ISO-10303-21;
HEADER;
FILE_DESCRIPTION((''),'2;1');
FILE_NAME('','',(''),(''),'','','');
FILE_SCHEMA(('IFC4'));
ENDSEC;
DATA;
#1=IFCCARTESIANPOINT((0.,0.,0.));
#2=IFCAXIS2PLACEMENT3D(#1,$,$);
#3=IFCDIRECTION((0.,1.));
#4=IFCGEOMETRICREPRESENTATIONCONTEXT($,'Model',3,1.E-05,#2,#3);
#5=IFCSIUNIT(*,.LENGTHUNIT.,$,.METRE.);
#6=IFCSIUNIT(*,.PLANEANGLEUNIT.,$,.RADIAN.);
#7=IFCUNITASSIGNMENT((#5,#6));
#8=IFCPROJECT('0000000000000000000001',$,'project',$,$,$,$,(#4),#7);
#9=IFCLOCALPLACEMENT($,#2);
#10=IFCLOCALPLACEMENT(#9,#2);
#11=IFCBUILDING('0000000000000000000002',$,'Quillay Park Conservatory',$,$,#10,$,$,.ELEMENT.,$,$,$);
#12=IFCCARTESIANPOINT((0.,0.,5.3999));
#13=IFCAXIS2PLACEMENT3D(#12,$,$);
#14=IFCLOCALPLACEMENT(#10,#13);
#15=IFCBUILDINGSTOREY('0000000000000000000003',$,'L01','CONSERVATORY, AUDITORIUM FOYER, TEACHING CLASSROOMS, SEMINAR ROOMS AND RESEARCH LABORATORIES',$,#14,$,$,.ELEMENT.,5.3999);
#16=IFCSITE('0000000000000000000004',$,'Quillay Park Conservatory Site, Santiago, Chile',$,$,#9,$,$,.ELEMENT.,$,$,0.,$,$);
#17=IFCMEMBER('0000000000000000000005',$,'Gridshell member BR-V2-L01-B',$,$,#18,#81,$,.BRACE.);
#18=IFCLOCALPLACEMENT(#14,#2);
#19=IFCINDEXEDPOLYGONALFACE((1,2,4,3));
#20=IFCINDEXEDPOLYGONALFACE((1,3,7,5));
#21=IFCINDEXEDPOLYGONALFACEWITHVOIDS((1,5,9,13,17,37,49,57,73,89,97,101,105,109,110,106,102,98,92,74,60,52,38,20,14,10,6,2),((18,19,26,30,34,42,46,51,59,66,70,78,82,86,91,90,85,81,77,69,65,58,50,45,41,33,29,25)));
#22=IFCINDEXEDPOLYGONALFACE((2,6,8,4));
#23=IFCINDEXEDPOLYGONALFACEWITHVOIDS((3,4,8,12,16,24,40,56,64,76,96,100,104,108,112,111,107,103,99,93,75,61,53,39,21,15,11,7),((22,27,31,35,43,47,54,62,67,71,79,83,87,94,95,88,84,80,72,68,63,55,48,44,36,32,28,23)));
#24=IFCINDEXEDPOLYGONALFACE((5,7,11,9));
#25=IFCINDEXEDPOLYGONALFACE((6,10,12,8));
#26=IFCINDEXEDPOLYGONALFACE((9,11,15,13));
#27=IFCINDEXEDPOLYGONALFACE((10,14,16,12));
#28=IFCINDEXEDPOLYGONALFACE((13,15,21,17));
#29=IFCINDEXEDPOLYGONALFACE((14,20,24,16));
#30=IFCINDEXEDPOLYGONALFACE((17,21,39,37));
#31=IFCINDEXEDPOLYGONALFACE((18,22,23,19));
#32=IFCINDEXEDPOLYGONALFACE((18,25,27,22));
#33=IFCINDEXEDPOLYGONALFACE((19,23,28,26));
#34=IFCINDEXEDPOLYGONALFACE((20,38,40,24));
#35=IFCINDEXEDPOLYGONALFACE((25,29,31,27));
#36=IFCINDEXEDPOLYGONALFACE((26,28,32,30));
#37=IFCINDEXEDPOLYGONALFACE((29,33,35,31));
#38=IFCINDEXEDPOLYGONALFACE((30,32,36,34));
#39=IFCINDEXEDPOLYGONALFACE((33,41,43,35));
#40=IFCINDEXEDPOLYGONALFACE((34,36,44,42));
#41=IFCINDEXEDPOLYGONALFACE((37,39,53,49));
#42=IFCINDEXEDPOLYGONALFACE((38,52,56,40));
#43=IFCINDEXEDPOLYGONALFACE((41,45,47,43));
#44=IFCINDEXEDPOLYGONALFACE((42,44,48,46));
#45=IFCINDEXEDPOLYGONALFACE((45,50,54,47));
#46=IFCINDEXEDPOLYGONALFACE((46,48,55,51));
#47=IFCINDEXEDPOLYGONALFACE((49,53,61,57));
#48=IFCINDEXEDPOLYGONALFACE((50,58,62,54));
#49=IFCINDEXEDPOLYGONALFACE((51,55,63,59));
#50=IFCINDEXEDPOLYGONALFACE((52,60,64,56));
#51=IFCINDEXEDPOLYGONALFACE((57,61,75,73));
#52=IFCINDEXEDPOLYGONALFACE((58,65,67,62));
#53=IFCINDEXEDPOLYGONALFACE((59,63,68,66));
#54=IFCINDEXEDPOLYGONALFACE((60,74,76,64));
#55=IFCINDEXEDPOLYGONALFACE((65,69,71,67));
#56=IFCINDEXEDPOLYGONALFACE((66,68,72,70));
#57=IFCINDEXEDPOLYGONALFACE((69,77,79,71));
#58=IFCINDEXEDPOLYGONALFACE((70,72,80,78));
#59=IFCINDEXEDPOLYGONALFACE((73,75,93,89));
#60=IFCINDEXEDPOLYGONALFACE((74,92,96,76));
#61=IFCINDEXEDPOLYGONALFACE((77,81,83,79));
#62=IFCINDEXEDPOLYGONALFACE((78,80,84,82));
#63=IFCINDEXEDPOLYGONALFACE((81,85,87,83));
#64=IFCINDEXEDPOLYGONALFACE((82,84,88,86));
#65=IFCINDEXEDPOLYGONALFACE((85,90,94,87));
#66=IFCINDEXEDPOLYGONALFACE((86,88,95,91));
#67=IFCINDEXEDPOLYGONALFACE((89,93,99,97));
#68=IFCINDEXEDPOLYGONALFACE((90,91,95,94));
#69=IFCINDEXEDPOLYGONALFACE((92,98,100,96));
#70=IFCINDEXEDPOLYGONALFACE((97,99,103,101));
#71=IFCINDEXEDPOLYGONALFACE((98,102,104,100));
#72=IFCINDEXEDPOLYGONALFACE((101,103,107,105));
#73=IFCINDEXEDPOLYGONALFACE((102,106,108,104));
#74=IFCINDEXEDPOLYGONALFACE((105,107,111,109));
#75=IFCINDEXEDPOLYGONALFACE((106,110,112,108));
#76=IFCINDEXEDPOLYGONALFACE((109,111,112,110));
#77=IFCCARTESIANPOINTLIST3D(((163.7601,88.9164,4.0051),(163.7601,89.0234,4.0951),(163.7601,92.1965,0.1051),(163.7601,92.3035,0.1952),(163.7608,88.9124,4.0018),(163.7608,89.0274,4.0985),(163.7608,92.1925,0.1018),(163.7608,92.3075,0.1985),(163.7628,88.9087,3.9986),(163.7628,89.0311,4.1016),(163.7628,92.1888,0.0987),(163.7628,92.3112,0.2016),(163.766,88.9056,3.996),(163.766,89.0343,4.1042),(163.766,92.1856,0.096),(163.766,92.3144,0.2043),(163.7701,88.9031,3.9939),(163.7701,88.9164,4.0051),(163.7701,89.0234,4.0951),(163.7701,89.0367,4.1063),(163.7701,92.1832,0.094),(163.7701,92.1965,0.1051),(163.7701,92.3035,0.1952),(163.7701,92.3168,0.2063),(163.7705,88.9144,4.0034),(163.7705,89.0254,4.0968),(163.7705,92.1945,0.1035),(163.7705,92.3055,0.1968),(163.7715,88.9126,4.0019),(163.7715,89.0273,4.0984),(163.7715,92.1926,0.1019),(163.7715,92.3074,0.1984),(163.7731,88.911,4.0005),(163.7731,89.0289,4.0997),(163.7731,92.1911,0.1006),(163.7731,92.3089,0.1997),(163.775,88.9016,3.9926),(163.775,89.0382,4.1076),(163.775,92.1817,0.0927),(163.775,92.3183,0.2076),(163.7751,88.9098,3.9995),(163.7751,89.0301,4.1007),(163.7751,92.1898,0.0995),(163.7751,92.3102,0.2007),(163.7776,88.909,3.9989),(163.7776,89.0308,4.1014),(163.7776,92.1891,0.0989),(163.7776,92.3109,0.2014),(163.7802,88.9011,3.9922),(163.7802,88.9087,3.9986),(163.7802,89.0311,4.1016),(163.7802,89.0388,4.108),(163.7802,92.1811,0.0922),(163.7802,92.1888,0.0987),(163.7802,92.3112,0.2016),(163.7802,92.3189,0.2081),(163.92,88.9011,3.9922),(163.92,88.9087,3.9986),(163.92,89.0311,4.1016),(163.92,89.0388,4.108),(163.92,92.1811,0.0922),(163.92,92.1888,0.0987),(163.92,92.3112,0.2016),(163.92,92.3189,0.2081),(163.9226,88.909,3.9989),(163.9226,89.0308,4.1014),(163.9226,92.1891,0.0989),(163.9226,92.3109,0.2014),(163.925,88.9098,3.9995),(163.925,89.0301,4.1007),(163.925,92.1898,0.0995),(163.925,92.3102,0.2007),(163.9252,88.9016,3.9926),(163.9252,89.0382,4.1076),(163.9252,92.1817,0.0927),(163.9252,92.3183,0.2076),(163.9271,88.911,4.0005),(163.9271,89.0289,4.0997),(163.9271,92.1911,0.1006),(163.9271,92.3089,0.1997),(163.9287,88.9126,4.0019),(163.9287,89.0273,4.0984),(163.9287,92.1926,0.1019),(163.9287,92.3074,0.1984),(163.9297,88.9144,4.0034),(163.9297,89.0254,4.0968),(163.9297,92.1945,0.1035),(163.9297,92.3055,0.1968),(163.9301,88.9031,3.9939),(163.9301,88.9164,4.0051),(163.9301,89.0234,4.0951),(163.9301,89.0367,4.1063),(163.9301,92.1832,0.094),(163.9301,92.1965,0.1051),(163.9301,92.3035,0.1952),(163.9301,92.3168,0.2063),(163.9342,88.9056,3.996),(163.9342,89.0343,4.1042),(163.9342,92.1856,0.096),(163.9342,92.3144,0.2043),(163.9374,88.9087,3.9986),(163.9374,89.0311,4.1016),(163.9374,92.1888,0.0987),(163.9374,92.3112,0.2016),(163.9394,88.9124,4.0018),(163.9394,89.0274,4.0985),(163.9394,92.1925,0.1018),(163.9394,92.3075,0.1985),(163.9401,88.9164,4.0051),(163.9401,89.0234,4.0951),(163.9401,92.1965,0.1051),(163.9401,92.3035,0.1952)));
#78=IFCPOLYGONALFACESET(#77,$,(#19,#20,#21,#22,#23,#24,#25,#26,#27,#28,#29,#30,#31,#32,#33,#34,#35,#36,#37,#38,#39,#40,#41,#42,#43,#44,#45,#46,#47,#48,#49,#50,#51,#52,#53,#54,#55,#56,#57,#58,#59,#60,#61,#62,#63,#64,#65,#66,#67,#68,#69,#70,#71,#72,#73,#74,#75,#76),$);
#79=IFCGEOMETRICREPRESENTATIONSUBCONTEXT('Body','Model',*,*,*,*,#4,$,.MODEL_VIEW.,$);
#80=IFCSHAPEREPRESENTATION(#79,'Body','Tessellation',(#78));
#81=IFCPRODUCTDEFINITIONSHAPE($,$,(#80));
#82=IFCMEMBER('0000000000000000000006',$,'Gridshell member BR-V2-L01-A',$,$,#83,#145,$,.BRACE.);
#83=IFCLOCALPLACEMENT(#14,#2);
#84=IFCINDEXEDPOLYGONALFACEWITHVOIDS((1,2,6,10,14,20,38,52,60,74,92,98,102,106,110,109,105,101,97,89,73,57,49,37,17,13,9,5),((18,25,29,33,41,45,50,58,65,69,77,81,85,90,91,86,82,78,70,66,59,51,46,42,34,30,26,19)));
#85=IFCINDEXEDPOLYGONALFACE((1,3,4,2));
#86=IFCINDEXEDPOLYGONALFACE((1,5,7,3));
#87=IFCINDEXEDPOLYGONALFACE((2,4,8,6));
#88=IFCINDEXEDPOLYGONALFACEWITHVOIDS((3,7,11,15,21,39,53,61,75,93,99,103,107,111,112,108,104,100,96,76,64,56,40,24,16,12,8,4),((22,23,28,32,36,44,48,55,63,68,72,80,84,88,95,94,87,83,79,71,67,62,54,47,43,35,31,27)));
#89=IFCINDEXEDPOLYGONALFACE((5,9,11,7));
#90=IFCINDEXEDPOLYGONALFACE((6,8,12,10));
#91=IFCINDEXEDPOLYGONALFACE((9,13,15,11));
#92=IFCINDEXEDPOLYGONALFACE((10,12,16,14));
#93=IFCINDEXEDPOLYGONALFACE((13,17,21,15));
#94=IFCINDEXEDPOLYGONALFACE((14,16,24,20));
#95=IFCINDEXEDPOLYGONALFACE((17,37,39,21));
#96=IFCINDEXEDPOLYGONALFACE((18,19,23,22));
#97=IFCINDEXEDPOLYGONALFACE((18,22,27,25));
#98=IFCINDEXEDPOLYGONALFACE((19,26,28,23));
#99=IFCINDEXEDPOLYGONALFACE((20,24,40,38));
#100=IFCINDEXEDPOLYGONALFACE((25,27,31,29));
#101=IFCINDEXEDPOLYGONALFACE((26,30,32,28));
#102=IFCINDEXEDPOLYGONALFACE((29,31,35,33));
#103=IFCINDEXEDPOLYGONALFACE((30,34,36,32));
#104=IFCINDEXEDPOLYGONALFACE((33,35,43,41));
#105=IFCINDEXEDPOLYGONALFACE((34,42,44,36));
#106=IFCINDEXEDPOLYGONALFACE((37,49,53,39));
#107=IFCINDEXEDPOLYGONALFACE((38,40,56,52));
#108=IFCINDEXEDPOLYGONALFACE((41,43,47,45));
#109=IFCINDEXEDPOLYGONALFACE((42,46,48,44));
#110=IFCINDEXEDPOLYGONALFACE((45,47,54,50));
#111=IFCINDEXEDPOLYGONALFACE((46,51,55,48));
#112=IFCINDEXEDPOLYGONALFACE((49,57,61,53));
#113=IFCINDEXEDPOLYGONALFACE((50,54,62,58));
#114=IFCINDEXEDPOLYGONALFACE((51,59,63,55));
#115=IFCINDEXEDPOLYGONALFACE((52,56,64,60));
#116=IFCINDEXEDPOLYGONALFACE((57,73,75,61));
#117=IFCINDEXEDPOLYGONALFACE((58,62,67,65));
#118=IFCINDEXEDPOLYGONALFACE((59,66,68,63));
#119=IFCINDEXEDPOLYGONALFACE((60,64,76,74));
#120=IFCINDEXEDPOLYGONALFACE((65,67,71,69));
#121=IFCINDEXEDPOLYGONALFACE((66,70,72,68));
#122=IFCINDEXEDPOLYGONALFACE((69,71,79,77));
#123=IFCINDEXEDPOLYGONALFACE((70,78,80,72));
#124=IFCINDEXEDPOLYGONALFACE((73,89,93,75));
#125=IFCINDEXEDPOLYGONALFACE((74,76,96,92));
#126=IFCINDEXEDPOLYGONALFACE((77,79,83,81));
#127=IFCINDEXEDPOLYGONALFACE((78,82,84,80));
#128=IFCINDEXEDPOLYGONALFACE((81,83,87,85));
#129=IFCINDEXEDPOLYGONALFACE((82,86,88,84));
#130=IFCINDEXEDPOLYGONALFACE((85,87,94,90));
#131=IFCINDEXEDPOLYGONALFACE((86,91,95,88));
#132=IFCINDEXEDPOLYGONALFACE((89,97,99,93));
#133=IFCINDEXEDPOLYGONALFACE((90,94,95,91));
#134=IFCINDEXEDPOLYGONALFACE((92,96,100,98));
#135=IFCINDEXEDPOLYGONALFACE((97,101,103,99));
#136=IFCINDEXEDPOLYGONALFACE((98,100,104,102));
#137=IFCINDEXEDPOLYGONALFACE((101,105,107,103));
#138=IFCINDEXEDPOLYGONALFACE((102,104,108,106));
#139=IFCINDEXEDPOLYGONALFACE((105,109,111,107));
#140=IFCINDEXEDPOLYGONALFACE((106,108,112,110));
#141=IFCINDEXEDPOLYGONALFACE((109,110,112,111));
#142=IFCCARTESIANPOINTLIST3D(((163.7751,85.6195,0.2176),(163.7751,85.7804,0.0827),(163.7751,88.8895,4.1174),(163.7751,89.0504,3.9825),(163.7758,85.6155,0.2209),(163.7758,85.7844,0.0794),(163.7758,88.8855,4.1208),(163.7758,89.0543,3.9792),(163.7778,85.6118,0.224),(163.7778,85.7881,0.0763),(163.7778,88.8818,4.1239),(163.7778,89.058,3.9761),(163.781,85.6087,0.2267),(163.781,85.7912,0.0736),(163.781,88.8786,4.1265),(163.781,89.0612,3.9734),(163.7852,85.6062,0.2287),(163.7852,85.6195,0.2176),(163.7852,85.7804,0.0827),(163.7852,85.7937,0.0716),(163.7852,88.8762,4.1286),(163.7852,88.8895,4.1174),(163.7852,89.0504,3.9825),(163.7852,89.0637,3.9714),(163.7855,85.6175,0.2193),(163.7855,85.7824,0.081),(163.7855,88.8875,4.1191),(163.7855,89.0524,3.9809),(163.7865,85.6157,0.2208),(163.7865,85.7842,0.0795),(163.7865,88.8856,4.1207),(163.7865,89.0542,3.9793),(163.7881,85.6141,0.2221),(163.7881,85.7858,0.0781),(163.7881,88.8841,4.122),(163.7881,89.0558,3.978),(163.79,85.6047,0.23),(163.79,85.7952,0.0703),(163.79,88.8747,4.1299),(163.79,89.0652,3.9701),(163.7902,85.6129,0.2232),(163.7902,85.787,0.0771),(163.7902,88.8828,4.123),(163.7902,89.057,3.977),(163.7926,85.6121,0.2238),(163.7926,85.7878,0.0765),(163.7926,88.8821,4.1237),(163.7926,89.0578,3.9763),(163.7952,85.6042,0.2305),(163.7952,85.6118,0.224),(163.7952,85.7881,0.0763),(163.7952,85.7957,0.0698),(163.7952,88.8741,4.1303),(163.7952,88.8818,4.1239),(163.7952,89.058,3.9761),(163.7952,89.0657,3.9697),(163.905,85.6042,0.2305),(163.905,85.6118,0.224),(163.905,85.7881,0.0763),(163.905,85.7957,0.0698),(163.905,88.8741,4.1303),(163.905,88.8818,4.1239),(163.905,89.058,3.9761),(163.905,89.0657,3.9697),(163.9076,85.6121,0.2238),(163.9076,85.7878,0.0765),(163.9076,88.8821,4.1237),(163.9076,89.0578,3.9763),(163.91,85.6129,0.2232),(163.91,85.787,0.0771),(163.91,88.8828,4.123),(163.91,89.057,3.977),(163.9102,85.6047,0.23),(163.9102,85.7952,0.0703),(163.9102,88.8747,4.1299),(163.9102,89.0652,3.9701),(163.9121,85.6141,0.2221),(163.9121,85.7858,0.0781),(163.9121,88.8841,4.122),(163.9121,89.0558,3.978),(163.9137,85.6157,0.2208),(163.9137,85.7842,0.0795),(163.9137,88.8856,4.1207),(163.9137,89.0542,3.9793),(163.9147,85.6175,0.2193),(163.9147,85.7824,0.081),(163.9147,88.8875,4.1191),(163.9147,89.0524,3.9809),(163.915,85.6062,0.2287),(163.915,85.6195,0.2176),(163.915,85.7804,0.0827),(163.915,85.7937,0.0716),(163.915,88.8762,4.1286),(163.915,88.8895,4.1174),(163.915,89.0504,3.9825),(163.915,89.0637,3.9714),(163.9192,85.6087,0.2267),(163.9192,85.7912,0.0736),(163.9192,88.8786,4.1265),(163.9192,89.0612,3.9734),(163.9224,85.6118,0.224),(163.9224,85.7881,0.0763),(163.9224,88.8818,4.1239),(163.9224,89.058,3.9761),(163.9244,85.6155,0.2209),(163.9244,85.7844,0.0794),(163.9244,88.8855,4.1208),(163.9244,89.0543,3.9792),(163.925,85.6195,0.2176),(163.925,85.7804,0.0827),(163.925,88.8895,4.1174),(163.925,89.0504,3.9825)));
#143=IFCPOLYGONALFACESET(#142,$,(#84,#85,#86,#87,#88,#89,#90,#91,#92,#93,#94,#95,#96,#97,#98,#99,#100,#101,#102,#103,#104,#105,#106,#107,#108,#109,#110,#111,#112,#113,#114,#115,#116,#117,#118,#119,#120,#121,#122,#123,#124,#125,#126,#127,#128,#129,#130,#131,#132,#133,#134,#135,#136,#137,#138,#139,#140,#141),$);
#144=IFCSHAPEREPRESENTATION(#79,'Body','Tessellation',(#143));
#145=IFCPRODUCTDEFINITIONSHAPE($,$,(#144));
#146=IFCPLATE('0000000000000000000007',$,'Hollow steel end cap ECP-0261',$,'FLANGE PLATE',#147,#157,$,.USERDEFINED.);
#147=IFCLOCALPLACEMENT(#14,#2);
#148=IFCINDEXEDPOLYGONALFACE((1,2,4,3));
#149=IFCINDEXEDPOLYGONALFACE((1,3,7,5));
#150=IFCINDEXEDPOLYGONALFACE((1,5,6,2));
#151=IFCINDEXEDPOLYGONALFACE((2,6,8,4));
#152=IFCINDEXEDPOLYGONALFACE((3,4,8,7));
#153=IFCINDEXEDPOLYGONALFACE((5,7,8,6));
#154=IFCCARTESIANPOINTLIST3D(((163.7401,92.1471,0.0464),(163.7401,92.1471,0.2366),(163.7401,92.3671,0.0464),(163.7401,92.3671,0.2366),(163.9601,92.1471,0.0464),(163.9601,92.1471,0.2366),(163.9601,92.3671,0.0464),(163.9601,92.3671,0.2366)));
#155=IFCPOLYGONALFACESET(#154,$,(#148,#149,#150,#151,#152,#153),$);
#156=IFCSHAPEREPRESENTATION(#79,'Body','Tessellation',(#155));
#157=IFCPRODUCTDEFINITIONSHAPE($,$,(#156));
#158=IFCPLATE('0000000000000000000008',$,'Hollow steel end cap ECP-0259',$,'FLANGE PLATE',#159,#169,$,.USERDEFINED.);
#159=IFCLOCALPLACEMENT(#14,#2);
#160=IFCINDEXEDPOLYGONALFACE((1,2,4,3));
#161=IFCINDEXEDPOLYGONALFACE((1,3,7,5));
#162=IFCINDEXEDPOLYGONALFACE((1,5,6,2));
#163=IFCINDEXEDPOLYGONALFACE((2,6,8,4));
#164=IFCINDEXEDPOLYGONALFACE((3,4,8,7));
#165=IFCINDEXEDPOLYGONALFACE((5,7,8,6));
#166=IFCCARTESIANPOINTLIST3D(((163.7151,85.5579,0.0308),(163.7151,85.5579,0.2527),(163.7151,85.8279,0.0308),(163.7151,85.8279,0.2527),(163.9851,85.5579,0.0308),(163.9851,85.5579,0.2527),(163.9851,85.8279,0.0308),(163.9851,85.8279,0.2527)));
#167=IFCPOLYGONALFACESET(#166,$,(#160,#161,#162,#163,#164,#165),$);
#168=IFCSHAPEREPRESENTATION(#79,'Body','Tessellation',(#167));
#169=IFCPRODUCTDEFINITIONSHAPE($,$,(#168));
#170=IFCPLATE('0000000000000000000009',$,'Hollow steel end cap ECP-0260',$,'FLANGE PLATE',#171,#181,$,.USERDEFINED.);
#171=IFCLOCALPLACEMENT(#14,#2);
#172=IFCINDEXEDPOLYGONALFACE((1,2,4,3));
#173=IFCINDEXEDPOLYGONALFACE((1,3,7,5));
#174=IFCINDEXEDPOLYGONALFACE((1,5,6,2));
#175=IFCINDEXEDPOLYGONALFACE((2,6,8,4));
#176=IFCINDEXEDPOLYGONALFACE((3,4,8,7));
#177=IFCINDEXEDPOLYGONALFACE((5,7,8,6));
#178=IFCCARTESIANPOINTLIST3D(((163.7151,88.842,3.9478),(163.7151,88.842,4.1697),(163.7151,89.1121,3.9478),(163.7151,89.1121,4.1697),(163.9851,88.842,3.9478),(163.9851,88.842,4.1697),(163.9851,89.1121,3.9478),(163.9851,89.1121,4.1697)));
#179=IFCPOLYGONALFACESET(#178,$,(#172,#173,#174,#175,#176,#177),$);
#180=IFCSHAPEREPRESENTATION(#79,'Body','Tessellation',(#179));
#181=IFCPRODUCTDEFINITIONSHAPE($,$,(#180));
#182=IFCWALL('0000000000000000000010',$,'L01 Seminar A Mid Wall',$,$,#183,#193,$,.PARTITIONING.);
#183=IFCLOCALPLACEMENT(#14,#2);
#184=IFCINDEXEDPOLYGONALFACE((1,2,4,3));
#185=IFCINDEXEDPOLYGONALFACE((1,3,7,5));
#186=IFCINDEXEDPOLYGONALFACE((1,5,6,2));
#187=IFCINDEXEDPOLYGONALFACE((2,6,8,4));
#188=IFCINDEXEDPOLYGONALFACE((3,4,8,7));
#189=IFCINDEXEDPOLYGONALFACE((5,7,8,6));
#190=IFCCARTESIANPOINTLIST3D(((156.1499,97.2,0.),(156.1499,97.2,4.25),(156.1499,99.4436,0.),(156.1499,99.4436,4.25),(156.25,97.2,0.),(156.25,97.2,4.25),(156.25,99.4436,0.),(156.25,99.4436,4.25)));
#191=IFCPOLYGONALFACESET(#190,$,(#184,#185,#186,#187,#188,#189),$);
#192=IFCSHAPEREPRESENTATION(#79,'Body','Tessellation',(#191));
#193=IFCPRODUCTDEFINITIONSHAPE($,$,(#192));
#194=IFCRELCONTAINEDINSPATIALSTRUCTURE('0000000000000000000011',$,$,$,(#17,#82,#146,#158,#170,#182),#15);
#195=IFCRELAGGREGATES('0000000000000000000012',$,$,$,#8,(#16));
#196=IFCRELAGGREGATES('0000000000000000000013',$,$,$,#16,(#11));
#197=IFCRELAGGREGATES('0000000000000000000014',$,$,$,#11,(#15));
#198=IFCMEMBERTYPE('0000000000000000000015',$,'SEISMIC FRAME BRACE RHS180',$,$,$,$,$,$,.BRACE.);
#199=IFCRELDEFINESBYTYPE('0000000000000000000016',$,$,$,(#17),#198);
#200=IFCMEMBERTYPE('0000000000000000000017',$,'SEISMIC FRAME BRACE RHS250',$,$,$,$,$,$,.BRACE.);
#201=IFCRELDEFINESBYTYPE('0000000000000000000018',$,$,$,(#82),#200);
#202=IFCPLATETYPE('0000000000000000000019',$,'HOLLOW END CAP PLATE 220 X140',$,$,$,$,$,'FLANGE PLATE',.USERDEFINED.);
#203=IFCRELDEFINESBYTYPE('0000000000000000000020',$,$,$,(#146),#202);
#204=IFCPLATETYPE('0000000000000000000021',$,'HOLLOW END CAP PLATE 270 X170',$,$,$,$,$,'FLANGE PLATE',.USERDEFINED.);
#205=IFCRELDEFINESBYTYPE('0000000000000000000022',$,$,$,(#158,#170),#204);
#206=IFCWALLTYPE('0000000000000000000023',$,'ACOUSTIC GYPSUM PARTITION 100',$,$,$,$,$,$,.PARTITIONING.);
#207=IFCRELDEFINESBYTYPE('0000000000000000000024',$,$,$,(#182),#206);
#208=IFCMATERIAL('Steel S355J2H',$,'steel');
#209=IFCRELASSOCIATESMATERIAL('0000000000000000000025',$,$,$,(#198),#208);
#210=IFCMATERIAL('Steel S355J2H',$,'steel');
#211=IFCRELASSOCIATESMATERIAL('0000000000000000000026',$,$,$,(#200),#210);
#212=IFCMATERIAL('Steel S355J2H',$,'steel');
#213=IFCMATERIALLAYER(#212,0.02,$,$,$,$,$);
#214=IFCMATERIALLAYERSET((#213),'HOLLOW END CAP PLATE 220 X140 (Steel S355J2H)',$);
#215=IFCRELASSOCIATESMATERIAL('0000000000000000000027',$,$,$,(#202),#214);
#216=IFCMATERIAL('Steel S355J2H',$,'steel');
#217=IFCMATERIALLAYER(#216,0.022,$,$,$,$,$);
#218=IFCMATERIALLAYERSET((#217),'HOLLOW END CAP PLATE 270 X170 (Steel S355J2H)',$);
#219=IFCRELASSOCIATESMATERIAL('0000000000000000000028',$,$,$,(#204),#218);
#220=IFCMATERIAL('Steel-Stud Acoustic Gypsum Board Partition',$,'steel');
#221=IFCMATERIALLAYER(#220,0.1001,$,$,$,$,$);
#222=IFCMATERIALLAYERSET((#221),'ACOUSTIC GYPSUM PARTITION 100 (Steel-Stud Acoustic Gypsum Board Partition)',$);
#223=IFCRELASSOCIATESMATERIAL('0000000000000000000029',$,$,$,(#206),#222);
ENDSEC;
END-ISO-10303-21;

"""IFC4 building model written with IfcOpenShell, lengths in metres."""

from ifc_helpers import new_model, si_unit, direction, frame, frame_2d, origin, origin_2d, place, context, subcontext, project, spatial, rectangle, hollow_rectangle, extrude, material, layer, layer_set, material_profile, profile_set, type_object, element, save


model = new_model("IFC4")

# Units and contexts
model_context = context("Model", 3, precision=1e-05, world=origin(), true_north=direction((0.0, 1.0)))
body_context = subcontext(model_context, "Body", "Model", "MODEL_VIEW")
ifc_project = project(units=[si_unit("LENGTHUNIT", "METRE"), si_unit("PLANEANGLEUNIT", "RADIAN")], contexts=[model_context])

# Site, building, storey
site_placement = place(None, origin())
site = spatial("IfcSite", under=ifc_project, at=site_placement, Name="Quillay Park Conservatory Site, Santiago, Chile", CompositionType="ELEMENT", RefElevation=0.0)
building_placement = place(site_placement, origin())
building = spatial("IfcBuilding", under=site, at=building_placement, Name="Quillay Park Conservatory", CompositionType="ELEMENT")
storey_placement = place(building_placement, frame((0.0, 0.0, 5.3999)))
storey = spatial("IfcBuildingStorey", under=building, at=storey_placement, Name="L01", Description="CONSERVATORY, AUDITORIUM FOYER, TEACHING CLASSROOMS, SEMINAR ROOMS AND RESEARCH LABORATORIES", CompositionType="ELEMENT", Elevation=5.3999)

# Members
ifc_material_1 = material(Name="Steel S355J2H", Category="steel")
ifc_material_profile_1 = material_profile(ifc_material_1, hollow_rectangle(XDim=0.1799, YDim=0.1799, WallThickness=0.01, InnerFilletRadius=0.01, OuterFilletRadius=0.02, at=origin_2d()), Name="RHS180x180x10")
ifc_profile_set_1 = profile_set([ifc_material_profile_1], Name="Steel S355J2H")
member_type_1 = type_object("IfcMemberType", Name="SEISMIC FRAME BRACE RHS180", PredefinedType="BRACE", material=ifc_profile_set_1)
member_1_placement = place(storey_placement, frame((163.8501, 92.25, 0.1501), z_axis=(0.0, -0.643665, 0.765307), x_axis=(1.0, 0.0, 0.0)))
element("IfcMember", 1, at=member_1_placement, inside=storey, type_object=member_type_1, Name="Gridshell member BR-V2-L01-B", PredefinedType="BRACE", context=body_context, shape_type="SweptSolid", body=[
    extrude(hollow_rectangle(XDim=0.1799, YDim=0.1799, WallThickness=0.01, InnerFilletRadius=0.01, OuterFilletRadius=0.02, at=origin_2d()), origin(), (0.0, 0.0, 1.0), 5.0959),
])
ifc_material_2 = material(Name="Steel S355J2H", Category="steel")
ifc_material_profile_2 = material_profile(ifc_material_2, hollow_rectangle(XDim=0.1499, YDim=0.25, WallThickness=0.01, InnerFilletRadius=0.01, OuterFilletRadius=0.02, at=origin_2d()), Name="RHS250x150x10")
ifc_profile_set_2 = profile_set([ifc_material_profile_2], Name="Steel S355J2H")
member_type_2 = type_object("IfcMemberType", Name="SEISMIC FRAME BRACE RHS250", PredefinedType="BRACE", material=ifc_profile_set_2)
member_2_placement = place(storey_placement, frame((163.8501, 85.7, 0.1501), z_axis=(0.0, 0.642512, 0.766275), x_axis=(-1.0, 0.0, 0.0)))
element("IfcMember", 2, at=member_2_placement, inside=storey, type_object=member_type_2, Name="Gridshell member BR-V2-L01-A", PredefinedType="BRACE", context=body_context, shape_type="SweptSolid", body=[
    extrude(hollow_rectangle(XDim=0.1499, YDim=0.25, WallThickness=0.01, InnerFilletRadius=0.01, OuterFilletRadius=0.02, at=origin_2d()), origin(), (0.0, 0.0, 1.0), 5.0894),
])

# Plates
ifc_material_3 = material(Name="Steel S355J2H", Category="steel")
ifc_layer_1 = layer(ifc_material_3, 0.02)
ifc_layer_set_1 = layer_set([ifc_layer_1], Name="HOLLOW END CAP PLATE 220 X140 (Steel S355J2H)")
plate_type_1 = type_object("IfcPlateType", Name="HOLLOW END CAP PLATE 220 X140", ElementType="FLANGE PLATE", PredefinedType="USERDEFINED", material=ifc_layer_set_1)
plate_placement = place(storey_placement, frame((163.8501, 92.2571, 0.0464), z_axis=(0.0, 0.0, 1.0), x_axis=(1.0, 0.0, 0.0)))
element("IfcPlate", 3, at=plate_placement, inside=storey, type_object=plate_type_1, Name="Hollow steel end cap ECP-0261", ObjectType="FLANGE PLATE", PredefinedType="USERDEFINED", context=body_context, shape_type="SweptSolid", body=[
    extrude(rectangle(XDim=0.22, YDim=0.22, at=origin_2d()), origin(), (0.0, 0.0, 1.0), 0.1902),
])
ifc_material_4 = material(Name="Steel S355J2H", Category="steel")
ifc_layer_2 = layer(ifc_material_4, 0.022)
ifc_layer_set_2 = layer_set([ifc_layer_2], Name="HOLLOW END CAP PLATE 270 X170 (Steel S355J2H)")
plate_type_2 = type_object("IfcPlateType", Name="HOLLOW END CAP PLATE 270 X170", ElementType="FLANGE PLATE", PredefinedType="USERDEFINED", material=ifc_layer_set_2)
for number, where, z_axis, x_axis, name in (
    (4, (163.8501, 85.6929, 0.0308), (0.0, 0.0, 1.0), (1.0, 0.0, 0.0), "Hollow steel end cap ECP-0259"),
    (5, (163.8501, 88.9771, 3.9478), (0.0, 0.0, 1.0), (1.0, 0.0, 0.0), "Hollow steel end cap ECP-0260"),
):
    element("IfcPlate", number, at=place(storey_placement, frame(where, z_axis=z_axis, x_axis=x_axis)), inside=storey, type_object=plate_type_2, Name=name, ObjectType="FLANGE PLATE", PredefinedType="USERDEFINED", context=body_context, shape_type="SweptSolid", body=[
        extrude(rectangle(XDim=0.27, YDim=0.27, at=origin_2d()), origin(), (0.0, 0.0, 1.0), 0.2219),
    ])

# Wall
ifc_material_5 = material(Name="Steel-Stud Acoustic Gypsum Board Partition", Category="steel")
ifc_layer_3 = layer(ifc_material_5, 0.1001)
ifc_layer_set_3 = layer_set([ifc_layer_3], Name="ACOUSTIC GYPSUM PARTITION 100 (Steel-Stud Acoustic Gypsum Board Partition)")
wall_type_1 = type_object("IfcWallType", Name="ACOUSTIC GYPSUM PARTITION 100", PredefinedType="PARTITIONING", material=ifc_layer_set_3)
wall_1_placement = place(storey_placement, frame((156.2, 97.2, 0.0), z_axis=(0.0, 0.0, 1.0), x_axis=(0.0, 1.0, 0.0)))
element("IfcWall", 6, at=wall_1_placement, inside=storey, type_object=wall_type_1, Name="L01 Seminar A Mid Wall", PredefinedType="PARTITIONING", context=body_context, shape_type="SweptSolid", body=[
    extrude(rectangle(XDim=2.2437, YDim=0.1001, at=frame_2d((1.1218, 0.0))), origin(), (0.0, 0.0, 1.0), 4.25),
])

save(model, "model.ifc")
